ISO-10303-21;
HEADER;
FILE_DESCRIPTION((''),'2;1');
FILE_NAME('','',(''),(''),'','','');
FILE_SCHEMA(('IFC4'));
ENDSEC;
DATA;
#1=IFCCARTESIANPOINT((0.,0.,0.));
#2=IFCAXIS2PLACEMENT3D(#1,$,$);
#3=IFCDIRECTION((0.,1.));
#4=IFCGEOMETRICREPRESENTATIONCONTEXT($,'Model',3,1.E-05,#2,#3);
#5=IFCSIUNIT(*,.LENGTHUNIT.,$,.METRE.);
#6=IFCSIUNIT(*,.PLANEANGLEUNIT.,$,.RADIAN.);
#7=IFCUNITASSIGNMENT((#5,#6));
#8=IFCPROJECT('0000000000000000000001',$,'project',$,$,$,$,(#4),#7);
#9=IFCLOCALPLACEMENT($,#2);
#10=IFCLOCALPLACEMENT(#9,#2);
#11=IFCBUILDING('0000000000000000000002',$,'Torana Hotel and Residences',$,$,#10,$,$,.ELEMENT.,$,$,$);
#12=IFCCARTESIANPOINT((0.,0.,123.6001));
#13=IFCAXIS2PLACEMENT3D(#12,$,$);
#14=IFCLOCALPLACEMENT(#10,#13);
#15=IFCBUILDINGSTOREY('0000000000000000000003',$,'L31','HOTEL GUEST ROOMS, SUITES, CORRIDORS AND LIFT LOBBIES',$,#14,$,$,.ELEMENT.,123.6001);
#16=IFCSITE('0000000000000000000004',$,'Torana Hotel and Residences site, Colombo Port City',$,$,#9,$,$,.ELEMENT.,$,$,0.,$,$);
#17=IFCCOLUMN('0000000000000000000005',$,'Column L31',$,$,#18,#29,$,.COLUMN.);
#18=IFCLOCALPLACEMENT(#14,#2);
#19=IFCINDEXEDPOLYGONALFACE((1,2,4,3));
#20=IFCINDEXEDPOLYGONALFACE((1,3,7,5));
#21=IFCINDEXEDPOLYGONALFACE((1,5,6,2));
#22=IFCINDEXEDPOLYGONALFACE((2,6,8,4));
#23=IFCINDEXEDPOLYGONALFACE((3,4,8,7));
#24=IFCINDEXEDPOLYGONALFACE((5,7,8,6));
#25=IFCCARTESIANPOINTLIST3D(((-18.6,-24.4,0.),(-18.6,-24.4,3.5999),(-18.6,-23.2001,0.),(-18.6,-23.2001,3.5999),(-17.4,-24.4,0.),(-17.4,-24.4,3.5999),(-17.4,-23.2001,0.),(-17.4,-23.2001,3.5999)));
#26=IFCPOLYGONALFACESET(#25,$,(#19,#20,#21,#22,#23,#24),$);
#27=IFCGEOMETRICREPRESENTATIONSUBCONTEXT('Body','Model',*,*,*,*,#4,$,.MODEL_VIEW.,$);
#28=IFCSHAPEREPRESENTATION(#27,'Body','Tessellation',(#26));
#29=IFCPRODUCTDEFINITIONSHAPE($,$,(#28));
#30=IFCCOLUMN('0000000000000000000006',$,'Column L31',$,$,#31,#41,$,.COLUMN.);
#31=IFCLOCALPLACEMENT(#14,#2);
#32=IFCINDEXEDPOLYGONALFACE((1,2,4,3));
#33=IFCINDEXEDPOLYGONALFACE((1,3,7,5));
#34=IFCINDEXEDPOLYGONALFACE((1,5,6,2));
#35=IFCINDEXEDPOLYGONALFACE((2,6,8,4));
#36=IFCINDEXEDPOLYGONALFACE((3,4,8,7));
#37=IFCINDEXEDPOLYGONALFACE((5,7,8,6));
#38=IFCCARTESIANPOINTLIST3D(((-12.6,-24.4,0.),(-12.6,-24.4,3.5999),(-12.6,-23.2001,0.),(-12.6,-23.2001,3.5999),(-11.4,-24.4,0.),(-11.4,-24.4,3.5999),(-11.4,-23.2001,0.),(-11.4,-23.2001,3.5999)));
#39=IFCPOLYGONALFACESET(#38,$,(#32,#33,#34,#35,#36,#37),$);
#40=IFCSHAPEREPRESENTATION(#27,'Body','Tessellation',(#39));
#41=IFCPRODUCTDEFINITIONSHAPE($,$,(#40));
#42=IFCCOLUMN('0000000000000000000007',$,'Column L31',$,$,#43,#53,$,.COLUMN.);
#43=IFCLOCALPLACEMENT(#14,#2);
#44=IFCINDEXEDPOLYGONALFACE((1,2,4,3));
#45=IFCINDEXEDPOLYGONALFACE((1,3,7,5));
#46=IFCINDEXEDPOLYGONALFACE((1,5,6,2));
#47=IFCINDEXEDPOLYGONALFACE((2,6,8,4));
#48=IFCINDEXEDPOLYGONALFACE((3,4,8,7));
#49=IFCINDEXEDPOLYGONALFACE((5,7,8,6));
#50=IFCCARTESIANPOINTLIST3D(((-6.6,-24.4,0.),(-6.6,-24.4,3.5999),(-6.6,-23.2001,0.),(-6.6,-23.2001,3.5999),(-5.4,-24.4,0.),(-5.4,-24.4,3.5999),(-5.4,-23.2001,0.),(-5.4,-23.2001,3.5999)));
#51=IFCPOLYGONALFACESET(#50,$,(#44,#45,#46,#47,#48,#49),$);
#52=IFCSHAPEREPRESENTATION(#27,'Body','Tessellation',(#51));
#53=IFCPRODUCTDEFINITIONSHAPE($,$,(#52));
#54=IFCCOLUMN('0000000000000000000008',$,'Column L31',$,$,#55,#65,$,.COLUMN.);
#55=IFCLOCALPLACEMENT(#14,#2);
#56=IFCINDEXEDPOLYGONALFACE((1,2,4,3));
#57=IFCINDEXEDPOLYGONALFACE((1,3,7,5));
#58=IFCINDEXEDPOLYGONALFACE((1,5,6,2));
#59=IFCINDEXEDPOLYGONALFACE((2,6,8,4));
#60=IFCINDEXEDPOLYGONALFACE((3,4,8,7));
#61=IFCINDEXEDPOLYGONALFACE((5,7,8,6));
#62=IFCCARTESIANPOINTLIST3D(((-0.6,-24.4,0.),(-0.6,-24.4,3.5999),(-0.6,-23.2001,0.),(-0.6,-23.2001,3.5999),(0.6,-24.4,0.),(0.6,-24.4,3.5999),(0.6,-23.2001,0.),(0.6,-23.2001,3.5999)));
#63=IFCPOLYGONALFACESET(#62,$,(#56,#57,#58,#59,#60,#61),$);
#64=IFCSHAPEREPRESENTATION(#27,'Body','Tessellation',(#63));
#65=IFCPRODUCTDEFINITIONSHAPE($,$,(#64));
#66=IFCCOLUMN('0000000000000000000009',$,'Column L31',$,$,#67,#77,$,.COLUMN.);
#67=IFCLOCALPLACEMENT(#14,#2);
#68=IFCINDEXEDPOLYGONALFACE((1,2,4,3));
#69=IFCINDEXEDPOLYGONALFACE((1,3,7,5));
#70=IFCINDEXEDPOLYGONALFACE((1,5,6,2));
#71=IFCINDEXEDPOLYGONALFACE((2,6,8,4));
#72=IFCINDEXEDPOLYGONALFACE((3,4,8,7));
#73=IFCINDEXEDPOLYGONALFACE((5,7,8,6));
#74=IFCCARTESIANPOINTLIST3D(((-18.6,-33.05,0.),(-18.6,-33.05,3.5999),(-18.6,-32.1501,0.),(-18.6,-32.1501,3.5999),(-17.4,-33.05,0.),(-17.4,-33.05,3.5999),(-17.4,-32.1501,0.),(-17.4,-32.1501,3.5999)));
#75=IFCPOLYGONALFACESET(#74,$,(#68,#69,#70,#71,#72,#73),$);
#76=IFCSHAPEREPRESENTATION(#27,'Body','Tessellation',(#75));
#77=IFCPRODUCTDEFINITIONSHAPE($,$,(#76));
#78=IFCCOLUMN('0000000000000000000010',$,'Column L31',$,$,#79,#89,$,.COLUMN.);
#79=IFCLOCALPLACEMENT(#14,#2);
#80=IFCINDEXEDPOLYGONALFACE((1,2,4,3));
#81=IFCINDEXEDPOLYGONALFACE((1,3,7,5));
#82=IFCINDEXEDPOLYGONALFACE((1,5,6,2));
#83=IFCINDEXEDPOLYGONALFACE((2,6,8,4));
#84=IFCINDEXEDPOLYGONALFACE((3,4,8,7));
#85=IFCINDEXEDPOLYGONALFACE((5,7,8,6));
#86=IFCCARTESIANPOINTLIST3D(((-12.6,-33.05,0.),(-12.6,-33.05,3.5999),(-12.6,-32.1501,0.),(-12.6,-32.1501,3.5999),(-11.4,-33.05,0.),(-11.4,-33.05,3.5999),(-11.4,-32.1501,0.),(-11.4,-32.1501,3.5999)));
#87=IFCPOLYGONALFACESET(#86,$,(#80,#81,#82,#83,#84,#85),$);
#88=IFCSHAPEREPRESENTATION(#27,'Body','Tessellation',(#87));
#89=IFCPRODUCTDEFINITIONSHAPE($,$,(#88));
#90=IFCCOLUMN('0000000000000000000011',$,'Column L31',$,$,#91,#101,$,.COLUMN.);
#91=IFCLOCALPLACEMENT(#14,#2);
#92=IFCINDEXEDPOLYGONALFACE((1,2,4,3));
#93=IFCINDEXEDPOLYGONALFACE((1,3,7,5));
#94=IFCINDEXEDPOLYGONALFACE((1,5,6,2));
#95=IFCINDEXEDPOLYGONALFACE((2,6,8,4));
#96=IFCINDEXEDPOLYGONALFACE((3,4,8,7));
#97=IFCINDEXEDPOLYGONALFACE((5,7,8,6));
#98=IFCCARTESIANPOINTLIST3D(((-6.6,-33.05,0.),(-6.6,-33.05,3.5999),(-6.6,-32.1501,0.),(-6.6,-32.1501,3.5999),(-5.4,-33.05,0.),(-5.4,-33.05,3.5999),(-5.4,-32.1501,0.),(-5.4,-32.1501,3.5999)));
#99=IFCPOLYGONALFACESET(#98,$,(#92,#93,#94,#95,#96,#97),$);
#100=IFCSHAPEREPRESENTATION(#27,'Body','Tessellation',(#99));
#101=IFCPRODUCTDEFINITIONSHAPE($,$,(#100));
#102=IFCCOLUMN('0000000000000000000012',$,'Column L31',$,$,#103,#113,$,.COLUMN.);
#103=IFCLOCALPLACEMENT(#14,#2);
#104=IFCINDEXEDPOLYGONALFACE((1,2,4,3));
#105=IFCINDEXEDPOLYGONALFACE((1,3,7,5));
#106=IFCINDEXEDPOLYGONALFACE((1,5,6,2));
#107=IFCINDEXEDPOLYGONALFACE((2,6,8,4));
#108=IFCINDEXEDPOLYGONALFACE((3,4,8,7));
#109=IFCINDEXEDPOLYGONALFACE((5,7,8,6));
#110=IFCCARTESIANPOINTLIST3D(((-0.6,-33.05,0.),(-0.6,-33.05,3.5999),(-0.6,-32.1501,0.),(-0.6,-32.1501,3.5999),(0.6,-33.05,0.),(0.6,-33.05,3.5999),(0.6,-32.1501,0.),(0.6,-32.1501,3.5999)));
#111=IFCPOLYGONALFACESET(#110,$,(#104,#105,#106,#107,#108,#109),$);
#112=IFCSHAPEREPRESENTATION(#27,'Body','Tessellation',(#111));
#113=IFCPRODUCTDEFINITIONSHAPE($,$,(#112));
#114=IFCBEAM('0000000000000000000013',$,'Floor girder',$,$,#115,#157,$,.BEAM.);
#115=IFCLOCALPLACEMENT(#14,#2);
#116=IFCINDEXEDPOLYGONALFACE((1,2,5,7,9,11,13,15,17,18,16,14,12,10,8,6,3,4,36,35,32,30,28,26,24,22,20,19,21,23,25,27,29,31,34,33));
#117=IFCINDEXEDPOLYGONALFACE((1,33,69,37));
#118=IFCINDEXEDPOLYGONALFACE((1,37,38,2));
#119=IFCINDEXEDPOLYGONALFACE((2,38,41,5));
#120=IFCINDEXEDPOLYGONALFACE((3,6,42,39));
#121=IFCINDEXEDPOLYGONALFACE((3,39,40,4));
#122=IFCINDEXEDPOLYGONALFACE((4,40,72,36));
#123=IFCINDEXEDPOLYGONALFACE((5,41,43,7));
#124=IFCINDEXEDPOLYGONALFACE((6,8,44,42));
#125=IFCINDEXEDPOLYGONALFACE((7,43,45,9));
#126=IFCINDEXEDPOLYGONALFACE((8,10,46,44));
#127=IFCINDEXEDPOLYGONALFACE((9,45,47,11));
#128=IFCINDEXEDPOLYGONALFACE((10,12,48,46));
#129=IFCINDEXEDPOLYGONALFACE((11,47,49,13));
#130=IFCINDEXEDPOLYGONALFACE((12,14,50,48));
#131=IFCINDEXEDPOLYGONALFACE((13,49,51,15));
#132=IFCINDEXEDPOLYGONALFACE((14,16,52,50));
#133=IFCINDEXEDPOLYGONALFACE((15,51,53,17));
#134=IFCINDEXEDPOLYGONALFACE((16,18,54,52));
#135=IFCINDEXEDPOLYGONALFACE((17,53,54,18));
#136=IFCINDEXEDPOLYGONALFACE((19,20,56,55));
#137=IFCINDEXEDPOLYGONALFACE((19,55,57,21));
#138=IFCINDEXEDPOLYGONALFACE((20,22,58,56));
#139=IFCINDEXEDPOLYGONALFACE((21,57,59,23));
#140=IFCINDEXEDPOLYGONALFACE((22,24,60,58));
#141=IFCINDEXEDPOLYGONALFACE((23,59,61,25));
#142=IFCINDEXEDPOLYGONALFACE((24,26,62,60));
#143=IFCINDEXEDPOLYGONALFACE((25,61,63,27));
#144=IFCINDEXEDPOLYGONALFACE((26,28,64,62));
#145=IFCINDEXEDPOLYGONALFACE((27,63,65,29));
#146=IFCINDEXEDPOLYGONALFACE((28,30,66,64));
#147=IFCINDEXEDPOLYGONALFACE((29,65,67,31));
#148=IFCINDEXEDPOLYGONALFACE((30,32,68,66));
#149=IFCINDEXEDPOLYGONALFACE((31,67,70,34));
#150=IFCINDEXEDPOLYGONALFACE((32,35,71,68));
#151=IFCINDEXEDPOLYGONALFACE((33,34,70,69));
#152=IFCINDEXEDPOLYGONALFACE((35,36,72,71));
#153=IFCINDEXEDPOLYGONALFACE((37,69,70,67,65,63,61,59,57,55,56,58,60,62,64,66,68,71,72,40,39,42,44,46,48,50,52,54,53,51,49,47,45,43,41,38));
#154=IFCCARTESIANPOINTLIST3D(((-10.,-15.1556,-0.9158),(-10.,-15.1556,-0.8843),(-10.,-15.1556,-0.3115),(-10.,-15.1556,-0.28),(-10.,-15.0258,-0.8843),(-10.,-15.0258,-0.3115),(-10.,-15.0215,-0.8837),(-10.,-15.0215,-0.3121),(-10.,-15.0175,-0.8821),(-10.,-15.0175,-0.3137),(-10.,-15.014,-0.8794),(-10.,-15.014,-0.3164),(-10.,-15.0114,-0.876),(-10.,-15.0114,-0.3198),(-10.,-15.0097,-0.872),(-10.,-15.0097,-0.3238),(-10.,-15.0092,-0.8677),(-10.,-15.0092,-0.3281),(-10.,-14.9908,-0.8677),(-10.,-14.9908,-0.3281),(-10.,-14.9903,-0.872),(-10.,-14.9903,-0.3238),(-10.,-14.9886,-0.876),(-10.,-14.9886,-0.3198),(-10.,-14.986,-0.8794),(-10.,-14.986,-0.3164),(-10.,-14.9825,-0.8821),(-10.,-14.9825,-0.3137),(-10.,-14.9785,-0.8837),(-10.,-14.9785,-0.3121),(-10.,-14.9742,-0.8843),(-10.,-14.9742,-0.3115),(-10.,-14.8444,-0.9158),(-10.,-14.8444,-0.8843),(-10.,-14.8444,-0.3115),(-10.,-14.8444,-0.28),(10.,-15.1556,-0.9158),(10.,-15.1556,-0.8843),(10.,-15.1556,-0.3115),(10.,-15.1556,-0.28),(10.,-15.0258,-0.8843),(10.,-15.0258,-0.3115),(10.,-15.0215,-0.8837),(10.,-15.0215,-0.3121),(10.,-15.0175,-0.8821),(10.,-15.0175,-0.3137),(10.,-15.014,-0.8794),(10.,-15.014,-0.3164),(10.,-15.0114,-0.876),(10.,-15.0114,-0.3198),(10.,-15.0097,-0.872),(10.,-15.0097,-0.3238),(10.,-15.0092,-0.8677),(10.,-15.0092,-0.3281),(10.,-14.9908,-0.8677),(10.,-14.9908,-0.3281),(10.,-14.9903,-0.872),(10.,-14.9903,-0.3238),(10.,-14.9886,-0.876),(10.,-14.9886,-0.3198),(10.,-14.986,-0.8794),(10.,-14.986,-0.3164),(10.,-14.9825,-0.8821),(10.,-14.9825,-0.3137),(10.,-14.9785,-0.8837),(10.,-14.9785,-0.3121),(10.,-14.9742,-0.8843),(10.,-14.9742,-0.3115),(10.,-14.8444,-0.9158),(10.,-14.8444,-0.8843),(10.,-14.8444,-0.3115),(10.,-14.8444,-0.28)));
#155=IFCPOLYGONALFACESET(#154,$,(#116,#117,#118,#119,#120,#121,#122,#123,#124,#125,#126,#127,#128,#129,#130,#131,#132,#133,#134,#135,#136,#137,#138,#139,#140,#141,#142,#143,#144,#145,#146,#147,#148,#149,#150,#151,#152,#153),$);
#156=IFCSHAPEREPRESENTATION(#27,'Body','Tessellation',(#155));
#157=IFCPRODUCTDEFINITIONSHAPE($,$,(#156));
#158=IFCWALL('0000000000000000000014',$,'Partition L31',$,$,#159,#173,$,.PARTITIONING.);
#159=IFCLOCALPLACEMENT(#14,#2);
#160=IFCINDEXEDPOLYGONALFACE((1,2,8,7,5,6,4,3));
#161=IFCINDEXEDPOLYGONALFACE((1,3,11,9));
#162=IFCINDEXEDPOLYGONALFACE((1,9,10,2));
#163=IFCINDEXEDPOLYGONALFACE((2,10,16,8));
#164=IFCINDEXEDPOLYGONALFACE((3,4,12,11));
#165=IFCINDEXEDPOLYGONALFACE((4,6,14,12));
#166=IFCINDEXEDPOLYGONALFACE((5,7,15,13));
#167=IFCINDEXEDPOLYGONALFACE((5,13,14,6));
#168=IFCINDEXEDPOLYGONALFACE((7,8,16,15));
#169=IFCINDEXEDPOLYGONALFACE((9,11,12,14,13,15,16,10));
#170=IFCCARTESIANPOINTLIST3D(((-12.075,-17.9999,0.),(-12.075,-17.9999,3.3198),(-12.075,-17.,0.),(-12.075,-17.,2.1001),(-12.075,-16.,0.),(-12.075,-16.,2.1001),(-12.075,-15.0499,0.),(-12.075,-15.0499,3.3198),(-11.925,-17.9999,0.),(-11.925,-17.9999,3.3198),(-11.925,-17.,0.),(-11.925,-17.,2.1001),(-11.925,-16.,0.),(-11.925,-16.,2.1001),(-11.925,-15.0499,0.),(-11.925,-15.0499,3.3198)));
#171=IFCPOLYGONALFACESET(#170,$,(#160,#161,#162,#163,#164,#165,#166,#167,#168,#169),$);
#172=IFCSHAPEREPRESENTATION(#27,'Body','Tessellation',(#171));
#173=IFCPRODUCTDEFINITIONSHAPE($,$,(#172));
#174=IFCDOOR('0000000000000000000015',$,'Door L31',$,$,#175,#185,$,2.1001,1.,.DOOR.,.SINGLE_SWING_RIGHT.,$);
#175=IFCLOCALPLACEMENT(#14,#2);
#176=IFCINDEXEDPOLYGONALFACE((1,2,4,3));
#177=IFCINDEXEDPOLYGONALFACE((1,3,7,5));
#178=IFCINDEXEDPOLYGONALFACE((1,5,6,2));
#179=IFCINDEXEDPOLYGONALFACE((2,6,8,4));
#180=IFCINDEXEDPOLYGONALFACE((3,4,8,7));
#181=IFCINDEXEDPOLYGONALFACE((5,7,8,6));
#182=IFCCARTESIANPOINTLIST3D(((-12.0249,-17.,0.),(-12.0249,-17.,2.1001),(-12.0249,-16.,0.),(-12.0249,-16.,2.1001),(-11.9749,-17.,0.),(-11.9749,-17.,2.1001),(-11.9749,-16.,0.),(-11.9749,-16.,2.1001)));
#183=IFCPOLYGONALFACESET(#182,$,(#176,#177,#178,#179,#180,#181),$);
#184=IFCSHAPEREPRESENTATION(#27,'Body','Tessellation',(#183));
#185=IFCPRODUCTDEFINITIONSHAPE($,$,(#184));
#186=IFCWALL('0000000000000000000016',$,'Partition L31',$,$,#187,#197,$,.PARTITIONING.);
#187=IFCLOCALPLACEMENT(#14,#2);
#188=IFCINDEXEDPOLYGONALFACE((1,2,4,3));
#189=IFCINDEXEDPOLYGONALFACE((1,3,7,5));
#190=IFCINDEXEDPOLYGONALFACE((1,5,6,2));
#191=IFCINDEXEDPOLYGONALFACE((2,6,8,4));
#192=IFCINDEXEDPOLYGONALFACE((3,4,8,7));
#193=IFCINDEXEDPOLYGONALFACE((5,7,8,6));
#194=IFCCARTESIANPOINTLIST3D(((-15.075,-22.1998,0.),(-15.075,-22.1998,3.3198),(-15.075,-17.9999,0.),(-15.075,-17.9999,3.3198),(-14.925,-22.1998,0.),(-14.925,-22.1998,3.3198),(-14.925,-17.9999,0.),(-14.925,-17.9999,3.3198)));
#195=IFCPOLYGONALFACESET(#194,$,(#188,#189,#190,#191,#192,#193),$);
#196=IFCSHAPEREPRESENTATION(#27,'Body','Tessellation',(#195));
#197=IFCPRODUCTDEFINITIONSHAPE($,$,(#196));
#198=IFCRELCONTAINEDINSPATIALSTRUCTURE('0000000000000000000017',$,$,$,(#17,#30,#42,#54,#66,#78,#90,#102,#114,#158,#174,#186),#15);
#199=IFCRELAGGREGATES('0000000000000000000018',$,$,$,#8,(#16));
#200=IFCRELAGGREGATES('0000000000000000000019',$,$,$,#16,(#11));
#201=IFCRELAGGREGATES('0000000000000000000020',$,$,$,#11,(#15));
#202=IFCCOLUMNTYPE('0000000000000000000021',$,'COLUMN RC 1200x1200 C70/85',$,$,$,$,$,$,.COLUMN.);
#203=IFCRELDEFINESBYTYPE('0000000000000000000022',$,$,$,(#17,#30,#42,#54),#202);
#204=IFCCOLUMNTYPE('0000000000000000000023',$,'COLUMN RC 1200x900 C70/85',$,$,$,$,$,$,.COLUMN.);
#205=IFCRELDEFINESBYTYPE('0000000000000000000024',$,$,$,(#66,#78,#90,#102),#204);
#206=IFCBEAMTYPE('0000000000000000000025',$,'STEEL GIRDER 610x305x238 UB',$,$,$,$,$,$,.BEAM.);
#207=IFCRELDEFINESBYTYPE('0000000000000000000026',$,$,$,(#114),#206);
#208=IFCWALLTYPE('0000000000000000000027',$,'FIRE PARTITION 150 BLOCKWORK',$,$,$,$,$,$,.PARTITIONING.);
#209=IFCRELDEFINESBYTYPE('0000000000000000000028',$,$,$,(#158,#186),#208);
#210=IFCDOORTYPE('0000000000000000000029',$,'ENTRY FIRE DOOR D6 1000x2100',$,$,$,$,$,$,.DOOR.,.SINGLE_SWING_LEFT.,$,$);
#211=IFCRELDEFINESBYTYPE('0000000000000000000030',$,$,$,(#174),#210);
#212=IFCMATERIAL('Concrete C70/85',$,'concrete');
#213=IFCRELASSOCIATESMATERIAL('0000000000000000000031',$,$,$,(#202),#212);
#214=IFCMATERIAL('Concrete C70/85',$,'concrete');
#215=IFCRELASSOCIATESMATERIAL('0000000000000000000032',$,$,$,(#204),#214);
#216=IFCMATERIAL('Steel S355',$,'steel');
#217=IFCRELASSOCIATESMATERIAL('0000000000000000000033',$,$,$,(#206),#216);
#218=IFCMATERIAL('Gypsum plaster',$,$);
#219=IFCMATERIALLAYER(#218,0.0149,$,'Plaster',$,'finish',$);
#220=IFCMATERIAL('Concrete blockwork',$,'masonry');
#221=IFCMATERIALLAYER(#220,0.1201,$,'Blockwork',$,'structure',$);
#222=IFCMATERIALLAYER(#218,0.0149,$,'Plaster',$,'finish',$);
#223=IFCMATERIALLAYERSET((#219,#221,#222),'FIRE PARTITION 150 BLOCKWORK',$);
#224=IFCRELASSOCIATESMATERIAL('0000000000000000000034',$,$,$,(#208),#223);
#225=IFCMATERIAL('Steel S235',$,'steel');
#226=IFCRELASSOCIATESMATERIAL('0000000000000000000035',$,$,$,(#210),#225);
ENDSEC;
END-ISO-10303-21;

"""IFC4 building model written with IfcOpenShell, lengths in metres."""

from ifc_helpers import new_model, si_unit, direction, frame, frame_2d, origin, origin_2d, place, context, subcontext, project, spatial, rectangle, i_section, extrude, material, layer, layer_set, material_profile, profile_set, type_object, element, fill, save


model = new_model("IFC4")

# Units and contexts
model_context = context("Model", 3, precision=1e-05, world=origin(), true_north=direction((0.0, 1.0)))
body_context = subcontext(model_context, "Body", "Model", "MODEL_VIEW")
ifc_project = project(units=[si_unit("LENGTHUNIT", "METRE"), si_unit("PLANEANGLEUNIT", "RADIAN")], contexts=[model_context])

# Site, building, storey
site_placement = place(None, origin())
site = spatial("IfcSite", under=ifc_project, at=site_placement, Name="Torana Hotel and Residences site, Colombo Port City", CompositionType="ELEMENT", RefElevation=0.0)
building_placement = place(site_placement, origin())
building = spatial("IfcBuilding", under=site, at=building_placement, Name="Torana Hotel and Residences", CompositionType="ELEMENT")
storey_placement = place(building_placement, frame((0.0, 0.0, 123.6001)))
storey = spatial("IfcBuildingStorey", under=building, at=storey_placement, Name="L31", Description="HOTEL GUEST ROOMS, SUITES, CORRIDORS AND LIFT LOBBIES", CompositionType="ELEMENT", Elevation=123.6001)

# Columns
ifc_material_1 = material(Name="Concrete C70/85", Category="concrete")
ifc_material_profile_1 = material_profile(ifc_material_1, rectangle(XDim=1.2, YDim=1.2, at=origin_2d()), Name="RC 1200x1200")
ifc_profile_set_1 = profile_set([ifc_material_profile_1], Name="Concrete C70/85")
column_type_1 = type_object("IfcColumnType", Name="COLUMN RC 1200x1200 C70/85", PredefinedType="COLUMN", material=ifc_profile_set_1)
for number, where, z_axis, x_axis, name in (
    (1, (-18.0, -23.8, 0.0), (0.0, 0.0, 1.0), (1.0, 0.0, 0.0), "Column L31"),
    (2, (-12.0, -23.8, 0.0), (0.0, 0.0, 1.0), (1.0, 0.0, 0.0), "Column L31"),
    (3, (-6.0, -23.8, 0.0), (0.0, 0.0, 1.0), (1.0, 0.0, 0.0), "Column L31"),
    (4, (0.0, -23.8, 0.0), (0.0, 0.0, 1.0), (1.0, 0.0, 0.0), "Column L31"),
):
    element("IfcColumn", number, at=place(storey_placement, frame(where, z_axis=z_axis, x_axis=x_axis)), inside=storey, type_object=column_type_1, Name=name, PredefinedType="COLUMN", context=body_context, shape_type="SweptSolid", body=[
        extrude(rectangle(XDim=1.2, YDim=1.2, at=origin_2d()), origin(), (0.0, 0.0, 1.0), 3.5999),
    ])
ifc_material_2 = material(Name="Concrete C70/85", Category="concrete")
ifc_material_profile_2 = material_profile(ifc_material_2, rectangle(XDim=1.2, YDim=0.8999, at=origin_2d()), Name="RC 1200x900")
ifc_profile_set_2 = profile_set([ifc_material_profile_2], Name="Concrete C70/85")
column_type_2 = type_object("IfcColumnType", Name="COLUMN RC 1200x900 C70/85", PredefinedType="COLUMN", material=ifc_profile_set_2)
for number, where, z_axis, x_axis, name in (
    (5, (-18.0, -32.6001, 0.0), (0.0, 0.0, 1.0), (1.0, 0.0, 0.0), "Column L31"),
    (6, (-12.0, -32.6001, 0.0), (0.0, 0.0, 1.0), (1.0, 0.0, 0.0), "Column L31"),
    (7, (-6.0, -32.6001, 0.0), (0.0, 0.0, 1.0), (1.0, 0.0, 0.0), "Column L31"),
    (8, (0.0, -32.6001, 0.0), (0.0, 0.0, 1.0), (1.0, 0.0, 0.0), "Column L31"),
):
    element("IfcColumn", number, at=place(storey_placement, frame(where, z_axis=z_axis, x_axis=x_axis)), inside=storey, type_object=column_type_2, Name=name, PredefinedType="COLUMN", context=body_context, shape_type="SweptSolid", body=[
        extrude(rectangle(XDim=1.2, YDim=0.8999, at=origin_2d()), origin(), (0.0, 0.0, 1.0), 3.5999),
    ])

# Beam
ifc_material_3 = material(Name="Steel S355", Category="steel")
ifc_material_profile_3 = material_profile(ifc_material_3, i_section(OverallWidth=0.3113, OverallDepth=0.6357, WebThickness=0.0183, FlangeThickness=0.0315, FilletRadius=0.0166, at=origin_2d()), Name="610x305x238 UB")
ifc_profile_set_3 = profile_set([ifc_material_profile_3], Name="Steel S355")
beam_type = type_object("IfcBeamType", Name="STEEL GIRDER 610x305x238 UB", PredefinedType="BEAM", material=ifc_profile_set_3)
beam_placement = place(storey_placement, frame((-10.0, -15.0, -0.5979), z_axis=(1.0, 0.0, 0.0), x_axis=(0.0, 1.0, 0.0)))
element("IfcBeam", 9, at=beam_placement, inside=storey, type_object=beam_type, Name="Floor girder", PredefinedType="BEAM", context=body_context, shape_type="SweptSolid", body=[
    extrude(i_section(OverallWidth=0.3113, OverallDepth=0.6357, WebThickness=0.0183, FlangeThickness=0.0315, FilletRadius=0.0166, at=origin_2d()), origin(), (0.0, 0.0, 1.0), 20.0),
])

# Wall, opening, door
ifc_material_4 = material(Name="Gypsum plaster")
ifc_layer_1 = layer(ifc_material_4, 0.0149, Name="Plaster", Category="finish")
ifc_material_5 = material(Name="Concrete blockwork", Category="masonry")
ifc_layer_2 = layer(ifc_material_5, 0.1201, Name="Blockwork", Category="structure")
ifc_layer_3 = layer(ifc_material_4, 0.0149, Name="Plaster", Category="finish")
ifc_layer_set_1 = layer_set([ifc_layer_1, ifc_layer_2, ifc_layer_3], Name="FIRE PARTITION 150 BLOCKWORK")
wall_type_1 = type_object("IfcWallType", Name="FIRE PARTITION 150 BLOCKWORK", PredefinedType="PARTITIONING", material=ifc_layer_set_1)
wall_1_placement = place(storey_placement, frame((-12.0, -18.0, 0.0), z_axis=(0.0, 0.0, 1.0), x_axis=(0.0, 1.0, 0.0)))
wall_1 = element("IfcWall", 10, at=wall_1_placement, inside=storey, type_object=wall_type_1, Name="Partition L31", PredefinedType="PARTITIONING", context=body_context, shape_type="SweptSolid", body=[
    extrude(rectangle(XDim=2.95, YDim=0.1499, at=frame_2d((1.4751, 0.0))), origin(), (0.0, 0.0, 1.0), 3.3198),
])
opening_1_placement = place(wall_1_placement, frame((1.0, 0.0, 0.0)))
opening_1 = element("IfcOpeningElement", 11, at=opening_1_placement, cuts=wall_1, PredefinedType="OPENING", context=body_context, shape_type="SweptSolid", body=[
    extrude(rectangle(XDim=1.0, YDim=2.1001, at=frame_2d((0.5, 1.05))), frame((0.0, 0.085, 0.0), z_axis=(0.0, -1.0, 0.0), x_axis=(1.0, 0.0, 0.0)), (0.0, 0.0, 1.0), 0.1699),
])
ifc_material_6 = material(Name="Steel S235", Category="steel")
door_type_1 = type_object("IfcDoorType", Name="ENTRY FIRE DOOR D6 1000x2100", OperationType="SINGLE_SWING_LEFT", PredefinedType="DOOR", material=ifc_material_6)
door_1_placement = place(opening_1_placement, origin())
door_1 = element("IfcDoor", 12, at=door_1_placement, inside=storey, type_object=door_type_1, Name="Door L31", OperationType="SINGLE_SWING_RIGHT", OverallHeight=2.1001, OverallWidth=1.0, PredefinedType="DOOR", context=body_context, shape_type="SweptSolid", body=[
    extrude(rectangle(XDim=1.0, YDim=2.1001, at=frame_2d((0.5, 1.05))), frame((0.0, 0.0249, 0.0), z_axis=(0.0, -1.0, 0.0), x_axis=(1.0, 0.0, 0.0)), (0.0, 0.0, 1.0), 0.05),
])
fill(opening_1, door_1)

# Wall
wall_2_placement = place(storey_placement, frame((-15.0, -22.2, 0.0), z_axis=(0.0, 0.0, 1.0), x_axis=(0.0, 1.0, 0.0)))
element("IfcWall", 13, at=wall_2_placement, inside=storey, type_object=wall_type_1, Name="Partition L31", PredefinedType="PARTITIONING", context=body_context, shape_type="SweptSolid", body=[
    extrude(rectangle(XDim=4.2, YDim=0.1499, at=frame_2d((2.1001, 0.0))), origin(), (0.0, 0.0, 1.0), 3.3198),
])

save(model, "model.ifc")
